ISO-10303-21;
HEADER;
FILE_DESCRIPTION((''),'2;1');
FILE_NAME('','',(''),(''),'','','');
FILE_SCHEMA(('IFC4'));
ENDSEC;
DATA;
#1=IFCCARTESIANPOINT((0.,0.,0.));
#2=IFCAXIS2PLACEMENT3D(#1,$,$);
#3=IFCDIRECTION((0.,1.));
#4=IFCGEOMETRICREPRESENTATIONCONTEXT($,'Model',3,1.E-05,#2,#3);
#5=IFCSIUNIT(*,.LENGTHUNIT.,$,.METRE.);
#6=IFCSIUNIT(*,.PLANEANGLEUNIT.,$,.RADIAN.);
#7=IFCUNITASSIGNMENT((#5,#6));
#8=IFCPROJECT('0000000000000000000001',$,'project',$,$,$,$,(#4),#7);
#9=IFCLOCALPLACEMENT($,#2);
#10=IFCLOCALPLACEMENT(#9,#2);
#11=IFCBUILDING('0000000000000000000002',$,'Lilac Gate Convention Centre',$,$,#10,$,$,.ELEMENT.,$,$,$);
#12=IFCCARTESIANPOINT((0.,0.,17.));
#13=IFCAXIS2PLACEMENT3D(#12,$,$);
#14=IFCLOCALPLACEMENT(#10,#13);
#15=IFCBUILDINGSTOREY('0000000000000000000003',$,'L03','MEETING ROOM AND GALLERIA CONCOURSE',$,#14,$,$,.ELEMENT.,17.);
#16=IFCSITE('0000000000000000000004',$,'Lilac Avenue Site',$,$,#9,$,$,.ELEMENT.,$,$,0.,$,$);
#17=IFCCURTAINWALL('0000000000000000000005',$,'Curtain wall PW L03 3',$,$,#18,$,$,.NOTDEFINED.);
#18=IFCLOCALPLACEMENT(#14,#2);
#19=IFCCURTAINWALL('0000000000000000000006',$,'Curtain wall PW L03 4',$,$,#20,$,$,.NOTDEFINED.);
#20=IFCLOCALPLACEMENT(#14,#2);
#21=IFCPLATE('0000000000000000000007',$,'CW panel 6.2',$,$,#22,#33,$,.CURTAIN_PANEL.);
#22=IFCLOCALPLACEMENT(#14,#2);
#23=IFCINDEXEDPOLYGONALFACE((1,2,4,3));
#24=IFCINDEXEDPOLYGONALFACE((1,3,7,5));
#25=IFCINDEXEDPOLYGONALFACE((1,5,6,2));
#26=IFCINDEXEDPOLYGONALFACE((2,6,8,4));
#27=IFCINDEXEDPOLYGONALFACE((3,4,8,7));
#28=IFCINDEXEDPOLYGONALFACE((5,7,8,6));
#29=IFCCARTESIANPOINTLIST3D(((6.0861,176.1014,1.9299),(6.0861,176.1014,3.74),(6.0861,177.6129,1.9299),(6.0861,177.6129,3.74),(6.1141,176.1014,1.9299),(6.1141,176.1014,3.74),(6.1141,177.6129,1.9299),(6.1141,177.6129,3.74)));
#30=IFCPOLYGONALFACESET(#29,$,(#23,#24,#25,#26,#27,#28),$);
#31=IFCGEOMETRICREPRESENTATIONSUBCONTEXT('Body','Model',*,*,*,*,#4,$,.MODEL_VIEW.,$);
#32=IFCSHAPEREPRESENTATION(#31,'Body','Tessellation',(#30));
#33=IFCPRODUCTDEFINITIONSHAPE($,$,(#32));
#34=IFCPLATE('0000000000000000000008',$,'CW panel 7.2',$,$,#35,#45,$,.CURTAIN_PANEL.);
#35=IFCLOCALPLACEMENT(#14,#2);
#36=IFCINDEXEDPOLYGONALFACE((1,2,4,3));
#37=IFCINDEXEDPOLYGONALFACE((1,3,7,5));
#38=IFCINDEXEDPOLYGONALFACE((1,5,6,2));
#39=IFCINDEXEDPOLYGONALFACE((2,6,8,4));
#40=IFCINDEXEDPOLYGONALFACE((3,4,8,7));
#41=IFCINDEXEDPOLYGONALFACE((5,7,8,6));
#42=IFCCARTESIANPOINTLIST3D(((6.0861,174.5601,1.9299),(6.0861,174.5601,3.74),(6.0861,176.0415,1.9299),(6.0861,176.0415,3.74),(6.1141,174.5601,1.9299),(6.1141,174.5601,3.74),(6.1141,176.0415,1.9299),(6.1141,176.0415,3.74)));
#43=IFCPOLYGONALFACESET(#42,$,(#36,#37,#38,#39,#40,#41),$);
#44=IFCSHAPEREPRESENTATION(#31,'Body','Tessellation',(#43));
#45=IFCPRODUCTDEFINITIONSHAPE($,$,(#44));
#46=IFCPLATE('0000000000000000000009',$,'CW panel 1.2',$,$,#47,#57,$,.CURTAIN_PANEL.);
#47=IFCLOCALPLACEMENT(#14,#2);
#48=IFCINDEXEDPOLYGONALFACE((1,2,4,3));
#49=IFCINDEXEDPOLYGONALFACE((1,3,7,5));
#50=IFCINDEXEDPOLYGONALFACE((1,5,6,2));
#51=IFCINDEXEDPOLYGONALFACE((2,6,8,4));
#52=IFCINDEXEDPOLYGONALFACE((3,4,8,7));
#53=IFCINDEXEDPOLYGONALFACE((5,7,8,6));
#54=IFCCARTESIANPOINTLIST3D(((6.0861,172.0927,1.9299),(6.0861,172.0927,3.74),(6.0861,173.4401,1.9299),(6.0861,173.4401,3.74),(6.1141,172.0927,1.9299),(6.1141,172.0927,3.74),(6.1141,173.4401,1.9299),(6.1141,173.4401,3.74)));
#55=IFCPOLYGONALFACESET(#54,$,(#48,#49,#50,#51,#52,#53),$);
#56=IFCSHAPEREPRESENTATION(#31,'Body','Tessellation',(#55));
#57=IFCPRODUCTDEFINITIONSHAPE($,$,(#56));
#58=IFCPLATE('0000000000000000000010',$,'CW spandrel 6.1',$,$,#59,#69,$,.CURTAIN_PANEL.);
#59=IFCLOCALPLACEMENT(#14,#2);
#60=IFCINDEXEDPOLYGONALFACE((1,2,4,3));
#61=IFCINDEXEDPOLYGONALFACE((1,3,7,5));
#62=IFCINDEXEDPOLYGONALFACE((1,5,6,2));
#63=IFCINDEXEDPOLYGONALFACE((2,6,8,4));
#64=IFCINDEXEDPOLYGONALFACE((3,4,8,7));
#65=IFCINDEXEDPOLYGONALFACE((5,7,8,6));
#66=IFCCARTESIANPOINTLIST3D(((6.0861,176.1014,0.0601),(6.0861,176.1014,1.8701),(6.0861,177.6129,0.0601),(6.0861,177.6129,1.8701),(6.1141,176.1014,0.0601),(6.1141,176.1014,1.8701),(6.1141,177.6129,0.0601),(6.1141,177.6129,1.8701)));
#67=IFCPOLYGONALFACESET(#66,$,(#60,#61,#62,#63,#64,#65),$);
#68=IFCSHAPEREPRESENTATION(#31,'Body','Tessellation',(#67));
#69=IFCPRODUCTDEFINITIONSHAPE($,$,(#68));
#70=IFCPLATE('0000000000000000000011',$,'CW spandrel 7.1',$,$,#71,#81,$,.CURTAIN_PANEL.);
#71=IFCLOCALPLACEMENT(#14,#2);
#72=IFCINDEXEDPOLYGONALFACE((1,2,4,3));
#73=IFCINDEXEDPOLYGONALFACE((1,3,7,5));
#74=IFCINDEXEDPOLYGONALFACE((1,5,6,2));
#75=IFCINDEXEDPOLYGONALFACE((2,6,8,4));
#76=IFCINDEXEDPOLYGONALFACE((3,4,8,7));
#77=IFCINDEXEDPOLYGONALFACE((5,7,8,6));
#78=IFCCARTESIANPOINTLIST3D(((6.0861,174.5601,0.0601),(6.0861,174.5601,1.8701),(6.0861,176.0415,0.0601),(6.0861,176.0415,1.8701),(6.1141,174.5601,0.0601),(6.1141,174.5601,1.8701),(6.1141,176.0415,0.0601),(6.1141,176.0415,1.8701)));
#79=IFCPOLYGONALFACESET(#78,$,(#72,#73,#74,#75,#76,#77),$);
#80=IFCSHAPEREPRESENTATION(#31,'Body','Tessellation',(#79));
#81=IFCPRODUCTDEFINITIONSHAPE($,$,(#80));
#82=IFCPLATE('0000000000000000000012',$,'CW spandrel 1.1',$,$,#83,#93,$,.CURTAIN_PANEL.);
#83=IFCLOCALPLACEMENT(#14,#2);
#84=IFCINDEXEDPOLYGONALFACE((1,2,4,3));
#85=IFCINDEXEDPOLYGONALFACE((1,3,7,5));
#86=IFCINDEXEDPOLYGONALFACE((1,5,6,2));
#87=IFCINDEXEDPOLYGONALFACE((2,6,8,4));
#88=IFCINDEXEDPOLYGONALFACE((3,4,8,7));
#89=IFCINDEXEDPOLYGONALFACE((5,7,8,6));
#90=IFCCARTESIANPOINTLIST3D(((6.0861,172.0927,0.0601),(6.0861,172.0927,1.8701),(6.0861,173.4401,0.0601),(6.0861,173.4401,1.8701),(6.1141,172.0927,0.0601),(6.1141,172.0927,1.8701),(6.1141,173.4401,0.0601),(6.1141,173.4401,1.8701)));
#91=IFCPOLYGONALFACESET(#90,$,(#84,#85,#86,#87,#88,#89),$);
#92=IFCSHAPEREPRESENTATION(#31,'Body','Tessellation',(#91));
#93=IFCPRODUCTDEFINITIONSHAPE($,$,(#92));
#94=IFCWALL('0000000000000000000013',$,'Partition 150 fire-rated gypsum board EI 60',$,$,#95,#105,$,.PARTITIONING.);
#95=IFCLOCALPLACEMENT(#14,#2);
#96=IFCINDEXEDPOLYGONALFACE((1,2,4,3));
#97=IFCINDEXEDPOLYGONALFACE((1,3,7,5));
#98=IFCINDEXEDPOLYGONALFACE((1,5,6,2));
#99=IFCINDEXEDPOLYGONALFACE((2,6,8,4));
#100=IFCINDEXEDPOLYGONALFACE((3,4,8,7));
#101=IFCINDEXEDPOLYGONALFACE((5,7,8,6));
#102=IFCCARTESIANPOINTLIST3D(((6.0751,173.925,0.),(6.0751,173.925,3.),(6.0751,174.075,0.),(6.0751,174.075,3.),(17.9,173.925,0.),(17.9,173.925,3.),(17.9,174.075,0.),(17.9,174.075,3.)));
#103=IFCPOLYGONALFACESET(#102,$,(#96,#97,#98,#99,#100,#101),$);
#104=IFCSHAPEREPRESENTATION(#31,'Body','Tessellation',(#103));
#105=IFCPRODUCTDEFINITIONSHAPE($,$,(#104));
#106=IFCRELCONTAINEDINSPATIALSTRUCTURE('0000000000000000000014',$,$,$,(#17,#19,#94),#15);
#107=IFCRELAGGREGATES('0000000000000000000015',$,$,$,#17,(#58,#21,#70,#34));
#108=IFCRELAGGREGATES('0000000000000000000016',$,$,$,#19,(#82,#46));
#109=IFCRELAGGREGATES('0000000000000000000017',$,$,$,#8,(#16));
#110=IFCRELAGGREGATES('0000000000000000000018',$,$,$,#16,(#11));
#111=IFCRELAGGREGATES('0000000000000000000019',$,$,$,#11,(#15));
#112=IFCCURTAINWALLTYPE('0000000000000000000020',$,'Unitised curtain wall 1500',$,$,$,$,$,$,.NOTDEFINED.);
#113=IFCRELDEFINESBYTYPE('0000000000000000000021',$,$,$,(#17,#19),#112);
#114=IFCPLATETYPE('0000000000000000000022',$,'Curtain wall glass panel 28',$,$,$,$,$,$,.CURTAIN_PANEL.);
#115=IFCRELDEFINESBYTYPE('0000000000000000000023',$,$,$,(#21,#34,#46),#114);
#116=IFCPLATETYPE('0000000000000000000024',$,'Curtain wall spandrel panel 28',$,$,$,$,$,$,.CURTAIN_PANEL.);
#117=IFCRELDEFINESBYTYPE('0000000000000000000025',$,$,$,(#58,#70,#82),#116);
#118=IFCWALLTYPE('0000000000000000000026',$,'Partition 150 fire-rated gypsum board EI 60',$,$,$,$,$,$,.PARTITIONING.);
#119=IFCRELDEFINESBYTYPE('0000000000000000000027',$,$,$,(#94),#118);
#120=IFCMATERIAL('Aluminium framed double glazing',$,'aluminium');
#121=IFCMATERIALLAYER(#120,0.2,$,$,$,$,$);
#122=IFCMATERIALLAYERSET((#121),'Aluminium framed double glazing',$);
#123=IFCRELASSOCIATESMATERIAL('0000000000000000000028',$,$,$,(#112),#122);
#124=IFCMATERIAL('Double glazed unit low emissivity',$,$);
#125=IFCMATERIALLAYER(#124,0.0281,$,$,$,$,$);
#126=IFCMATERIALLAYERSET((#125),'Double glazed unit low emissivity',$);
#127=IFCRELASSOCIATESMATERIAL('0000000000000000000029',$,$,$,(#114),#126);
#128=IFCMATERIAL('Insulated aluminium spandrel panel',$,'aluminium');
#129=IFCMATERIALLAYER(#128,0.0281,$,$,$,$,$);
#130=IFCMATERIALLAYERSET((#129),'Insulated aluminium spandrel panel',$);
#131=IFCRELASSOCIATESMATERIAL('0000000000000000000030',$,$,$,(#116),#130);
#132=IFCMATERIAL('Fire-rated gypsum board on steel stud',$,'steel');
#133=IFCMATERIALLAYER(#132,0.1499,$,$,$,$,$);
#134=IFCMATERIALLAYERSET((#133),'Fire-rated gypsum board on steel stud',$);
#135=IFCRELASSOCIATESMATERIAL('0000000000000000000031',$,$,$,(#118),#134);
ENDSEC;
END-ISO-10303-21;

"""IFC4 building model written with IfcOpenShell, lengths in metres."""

from ifc_helpers import new_model, si_unit, direction, frame, frame_2d, origin, origin_2d, place, context, subcontext, project, spatial, rectangle, extrude, material, layer, layer_set, type_object, element, aggregate, save


model = new_model("IFC4")

# Units and contexts
model_context = context("Model", 3, precision=1e-05, world=origin(), true_north=direction((0.0, 1.0)))
body_context = subcontext(model_context, "Body", "Model", "MODEL_VIEW")
ifc_project = project(units=[si_unit("LENGTHUNIT", "METRE"), si_unit("PLANEANGLEUNIT", "RADIAN")], contexts=[model_context])

# Site, building, storey
site_placement = place(None, origin())
site = spatial("IfcSite", under=ifc_project, at=site_placement, Name="Lilac Avenue Site", CompositionType="ELEMENT", RefElevation=0.0)
building_placement = place(site_placement, origin())
building = spatial("IfcBuilding", under=site, at=building_placement, Name="Lilac Gate Convention Centre", CompositionType="ELEMENT")
storey_placement = place(building_placement, frame((0.0, 0.0, 17.0)))
storey = spatial("IfcBuildingStorey", under=building, at=storey_placement, Name="L03", Description="MEETING ROOM AND GALLERIA CONCOURSE", CompositionType="ELEMENT", Elevation=17.0)

# Curtain walls
ifc_material_1 = material(Name="Aluminium framed double glazing", Category="aluminium")
ifc_layer_1 = layer(ifc_material_1, 0.2)
ifc_layer_set_1 = layer_set([ifc_layer_1], Name="Aluminium framed double glazing")
curtain_wall_type = type_object("IfcCurtainWallType", Name="Unitised curtain wall 1500", PredefinedType="NOTDEFINED", material=ifc_layer_set_1)
curtain_wall_1_placement = place(storey_placement, origin())
curtain_wall_1 = element("IfcCurtainWall", 1, at=curtain_wall_1_placement, inside=storey, type_object=curtain_wall_type, Name="Curtain wall PW L03 3", PredefinedType="NOTDEFINED")
curtain_wall_2_placement = place(storey_placement, origin())
curtain_wall_2 = element("IfcCurtainWall", 2, at=curtain_wall_2_placement, inside=storey, type_object=curtain_wall_type, Name="Curtain wall PW L03 4", PredefinedType="NOTDEFINED")

# Plates
ifc_material_2 = material(Name="Double glazed unit low emissivity")
ifc_layer_2 = layer(ifc_material_2, 0.0281)
ifc_layer_set_2 = layer_set([ifc_layer_2], Name="Double glazed unit low emissivity")
plate_type_1 = type_object("IfcPlateType", Name="Curtain wall glass panel 28", PredefinedType="CURTAIN_PANEL", material=ifc_layer_set_2)
plate_1_placement = place(storey_placement, frame((6.1001, 176.8572, 1.9299), z_axis=(0.0, 0.0, 1.0), x_axis=(0.0, -1.0, 0.0)))
plate_1 = element("IfcPlate", 3, at=plate_1_placement, type_object=plate_type_1, Name="CW panel 6.2", PredefinedType="CURTAIN_PANEL", context=body_context, shape_type="SweptSolid", body=[
    extrude(rectangle(XDim=1.5115, YDim=0.0281, at=origin_2d()), origin(), (0.0, 0.0, 1.0), 1.8101),
])
plate_2_placement = place(storey_placement, frame((6.1001, 175.3008, 1.9299), z_axis=(0.0, 0.0, 1.0), x_axis=(0.0, -1.0, 0.0)))
plate_2 = element("IfcPlate", 4, at=plate_2_placement, type_object=plate_type_1, Name="CW panel 7.2", PredefinedType="CURTAIN_PANEL", context=body_context, shape_type="SweptSolid", body=[
    extrude(rectangle(XDim=1.4814, YDim=0.0281, at=origin_2d()), origin(), (0.0, 0.0, 1.0), 1.8101),
])
plate_3_placement = place(storey_placement, frame((6.1001, 172.7664, 1.9299), z_axis=(0.0, 0.0, 1.0), x_axis=(0.0, -1.0, 0.0)))
plate_3 = element("IfcPlate", 5, at=plate_3_placement, type_object=plate_type_1, Name="CW panel 1.2", PredefinedType="CURTAIN_PANEL", context=body_context, shape_type="SweptSolid", body=[
    extrude(rectangle(XDim=1.3474, YDim=0.0281, at=origin_2d()), origin(), (0.0, 0.0, 1.0), 1.8101),
])
ifc_material_3 = material(Name="Insulated aluminium spandrel panel", Category="aluminium")
ifc_layer_3 = layer(ifc_material_3, 0.0281)
ifc_layer_set_3 = layer_set([ifc_layer_3], Name="Insulated aluminium spandrel panel")
plate_type_2 = type_object("IfcPlateType", Name="Curtain wall spandrel panel 28", PredefinedType="CURTAIN_PANEL", material=ifc_layer_set_3)
plate_4_placement = place(storey_placement, frame((6.1001, 176.8572, 0.0601), z_axis=(0.0, 0.0, 1.0), x_axis=(0.0, -1.0, 0.0)))
plate_4 = element("IfcPlate", 6, at=plate_4_placement, type_object=plate_type_2, Name="CW spandrel 6.1", PredefinedType="CURTAIN_PANEL", context=body_context, shape_type="SweptSolid", body=[
    extrude(rectangle(XDim=1.5115, YDim=0.0281, at=origin_2d()), origin(), (0.0, 0.0, 1.0), 1.8101),
])
plate_5_placement = place(storey_placement, frame((6.1001, 175.3008, 0.0601), z_axis=(0.0, 0.0, 1.0), x_axis=(0.0, -1.0, 0.0)))
plate_5 = element("IfcPlate", 7, at=plate_5_placement, type_object=plate_type_2, Name="CW spandrel 7.1", PredefinedType="CURTAIN_PANEL", context=body_context, shape_type="SweptSolid", body=[
    extrude(rectangle(XDim=1.4814, YDim=0.0281, at=origin_2d()), origin(), (0.0, 0.0, 1.0), 1.8101),
])
aggregate(curtain_wall_1, [plate_4, plate_1, plate_5, plate_2])
plate_6_placement = place(storey_placement, frame((6.1001, 172.7664, 0.0601), z_axis=(0.0, 0.0, 1.0), x_axis=(0.0, -1.0, 0.0)))
plate_6 = element("IfcPlate", 8, at=plate_6_placement, type_object=plate_type_2, Name="CW spandrel 1.1", PredefinedType="CURTAIN_PANEL", context=body_context, shape_type="SweptSolid", body=[
    extrude(rectangle(XDim=1.3474, YDim=0.0281, at=origin_2d()), origin(), (0.0, 0.0, 1.0), 1.8101),
])
aggregate(curtain_wall_2, [plate_6, plate_3])

# Wall
ifc_material_4 = material(Name="Fire-rated gypsum board on steel stud", Category="steel")
ifc_layer_4 = layer(ifc_material_4, 0.1499)
ifc_layer_set_4 = layer_set([ifc_layer_4], Name="Fire-rated gypsum board on steel stud")
wall_type = type_object("IfcWallType", Name="Partition 150 fire-rated gypsum board EI 60", PredefinedType="PARTITIONING", material=ifc_layer_set_4)
wall_placement = place(storey_placement, frame((6.075, 174.0, 0.0), z_axis=(0.0, 0.0, 1.0), x_axis=(1.0, 0.0, 0.0)))
element("IfcWall", 9, at=wall_placement, inside=storey, type_object=wall_type, Name="Partition 150 fire-rated gypsum board EI 60", PredefinedType="PARTITIONING", context=body_context, shape_type="SweptSolid", body=[
    extrude(rectangle(XDim=11.825, YDim=0.1499, at=frame_2d((5.9126, 0.0))), origin(), (0.0, 0.0, 1.0), 3.0),
])

save(model, "model.ifc")
